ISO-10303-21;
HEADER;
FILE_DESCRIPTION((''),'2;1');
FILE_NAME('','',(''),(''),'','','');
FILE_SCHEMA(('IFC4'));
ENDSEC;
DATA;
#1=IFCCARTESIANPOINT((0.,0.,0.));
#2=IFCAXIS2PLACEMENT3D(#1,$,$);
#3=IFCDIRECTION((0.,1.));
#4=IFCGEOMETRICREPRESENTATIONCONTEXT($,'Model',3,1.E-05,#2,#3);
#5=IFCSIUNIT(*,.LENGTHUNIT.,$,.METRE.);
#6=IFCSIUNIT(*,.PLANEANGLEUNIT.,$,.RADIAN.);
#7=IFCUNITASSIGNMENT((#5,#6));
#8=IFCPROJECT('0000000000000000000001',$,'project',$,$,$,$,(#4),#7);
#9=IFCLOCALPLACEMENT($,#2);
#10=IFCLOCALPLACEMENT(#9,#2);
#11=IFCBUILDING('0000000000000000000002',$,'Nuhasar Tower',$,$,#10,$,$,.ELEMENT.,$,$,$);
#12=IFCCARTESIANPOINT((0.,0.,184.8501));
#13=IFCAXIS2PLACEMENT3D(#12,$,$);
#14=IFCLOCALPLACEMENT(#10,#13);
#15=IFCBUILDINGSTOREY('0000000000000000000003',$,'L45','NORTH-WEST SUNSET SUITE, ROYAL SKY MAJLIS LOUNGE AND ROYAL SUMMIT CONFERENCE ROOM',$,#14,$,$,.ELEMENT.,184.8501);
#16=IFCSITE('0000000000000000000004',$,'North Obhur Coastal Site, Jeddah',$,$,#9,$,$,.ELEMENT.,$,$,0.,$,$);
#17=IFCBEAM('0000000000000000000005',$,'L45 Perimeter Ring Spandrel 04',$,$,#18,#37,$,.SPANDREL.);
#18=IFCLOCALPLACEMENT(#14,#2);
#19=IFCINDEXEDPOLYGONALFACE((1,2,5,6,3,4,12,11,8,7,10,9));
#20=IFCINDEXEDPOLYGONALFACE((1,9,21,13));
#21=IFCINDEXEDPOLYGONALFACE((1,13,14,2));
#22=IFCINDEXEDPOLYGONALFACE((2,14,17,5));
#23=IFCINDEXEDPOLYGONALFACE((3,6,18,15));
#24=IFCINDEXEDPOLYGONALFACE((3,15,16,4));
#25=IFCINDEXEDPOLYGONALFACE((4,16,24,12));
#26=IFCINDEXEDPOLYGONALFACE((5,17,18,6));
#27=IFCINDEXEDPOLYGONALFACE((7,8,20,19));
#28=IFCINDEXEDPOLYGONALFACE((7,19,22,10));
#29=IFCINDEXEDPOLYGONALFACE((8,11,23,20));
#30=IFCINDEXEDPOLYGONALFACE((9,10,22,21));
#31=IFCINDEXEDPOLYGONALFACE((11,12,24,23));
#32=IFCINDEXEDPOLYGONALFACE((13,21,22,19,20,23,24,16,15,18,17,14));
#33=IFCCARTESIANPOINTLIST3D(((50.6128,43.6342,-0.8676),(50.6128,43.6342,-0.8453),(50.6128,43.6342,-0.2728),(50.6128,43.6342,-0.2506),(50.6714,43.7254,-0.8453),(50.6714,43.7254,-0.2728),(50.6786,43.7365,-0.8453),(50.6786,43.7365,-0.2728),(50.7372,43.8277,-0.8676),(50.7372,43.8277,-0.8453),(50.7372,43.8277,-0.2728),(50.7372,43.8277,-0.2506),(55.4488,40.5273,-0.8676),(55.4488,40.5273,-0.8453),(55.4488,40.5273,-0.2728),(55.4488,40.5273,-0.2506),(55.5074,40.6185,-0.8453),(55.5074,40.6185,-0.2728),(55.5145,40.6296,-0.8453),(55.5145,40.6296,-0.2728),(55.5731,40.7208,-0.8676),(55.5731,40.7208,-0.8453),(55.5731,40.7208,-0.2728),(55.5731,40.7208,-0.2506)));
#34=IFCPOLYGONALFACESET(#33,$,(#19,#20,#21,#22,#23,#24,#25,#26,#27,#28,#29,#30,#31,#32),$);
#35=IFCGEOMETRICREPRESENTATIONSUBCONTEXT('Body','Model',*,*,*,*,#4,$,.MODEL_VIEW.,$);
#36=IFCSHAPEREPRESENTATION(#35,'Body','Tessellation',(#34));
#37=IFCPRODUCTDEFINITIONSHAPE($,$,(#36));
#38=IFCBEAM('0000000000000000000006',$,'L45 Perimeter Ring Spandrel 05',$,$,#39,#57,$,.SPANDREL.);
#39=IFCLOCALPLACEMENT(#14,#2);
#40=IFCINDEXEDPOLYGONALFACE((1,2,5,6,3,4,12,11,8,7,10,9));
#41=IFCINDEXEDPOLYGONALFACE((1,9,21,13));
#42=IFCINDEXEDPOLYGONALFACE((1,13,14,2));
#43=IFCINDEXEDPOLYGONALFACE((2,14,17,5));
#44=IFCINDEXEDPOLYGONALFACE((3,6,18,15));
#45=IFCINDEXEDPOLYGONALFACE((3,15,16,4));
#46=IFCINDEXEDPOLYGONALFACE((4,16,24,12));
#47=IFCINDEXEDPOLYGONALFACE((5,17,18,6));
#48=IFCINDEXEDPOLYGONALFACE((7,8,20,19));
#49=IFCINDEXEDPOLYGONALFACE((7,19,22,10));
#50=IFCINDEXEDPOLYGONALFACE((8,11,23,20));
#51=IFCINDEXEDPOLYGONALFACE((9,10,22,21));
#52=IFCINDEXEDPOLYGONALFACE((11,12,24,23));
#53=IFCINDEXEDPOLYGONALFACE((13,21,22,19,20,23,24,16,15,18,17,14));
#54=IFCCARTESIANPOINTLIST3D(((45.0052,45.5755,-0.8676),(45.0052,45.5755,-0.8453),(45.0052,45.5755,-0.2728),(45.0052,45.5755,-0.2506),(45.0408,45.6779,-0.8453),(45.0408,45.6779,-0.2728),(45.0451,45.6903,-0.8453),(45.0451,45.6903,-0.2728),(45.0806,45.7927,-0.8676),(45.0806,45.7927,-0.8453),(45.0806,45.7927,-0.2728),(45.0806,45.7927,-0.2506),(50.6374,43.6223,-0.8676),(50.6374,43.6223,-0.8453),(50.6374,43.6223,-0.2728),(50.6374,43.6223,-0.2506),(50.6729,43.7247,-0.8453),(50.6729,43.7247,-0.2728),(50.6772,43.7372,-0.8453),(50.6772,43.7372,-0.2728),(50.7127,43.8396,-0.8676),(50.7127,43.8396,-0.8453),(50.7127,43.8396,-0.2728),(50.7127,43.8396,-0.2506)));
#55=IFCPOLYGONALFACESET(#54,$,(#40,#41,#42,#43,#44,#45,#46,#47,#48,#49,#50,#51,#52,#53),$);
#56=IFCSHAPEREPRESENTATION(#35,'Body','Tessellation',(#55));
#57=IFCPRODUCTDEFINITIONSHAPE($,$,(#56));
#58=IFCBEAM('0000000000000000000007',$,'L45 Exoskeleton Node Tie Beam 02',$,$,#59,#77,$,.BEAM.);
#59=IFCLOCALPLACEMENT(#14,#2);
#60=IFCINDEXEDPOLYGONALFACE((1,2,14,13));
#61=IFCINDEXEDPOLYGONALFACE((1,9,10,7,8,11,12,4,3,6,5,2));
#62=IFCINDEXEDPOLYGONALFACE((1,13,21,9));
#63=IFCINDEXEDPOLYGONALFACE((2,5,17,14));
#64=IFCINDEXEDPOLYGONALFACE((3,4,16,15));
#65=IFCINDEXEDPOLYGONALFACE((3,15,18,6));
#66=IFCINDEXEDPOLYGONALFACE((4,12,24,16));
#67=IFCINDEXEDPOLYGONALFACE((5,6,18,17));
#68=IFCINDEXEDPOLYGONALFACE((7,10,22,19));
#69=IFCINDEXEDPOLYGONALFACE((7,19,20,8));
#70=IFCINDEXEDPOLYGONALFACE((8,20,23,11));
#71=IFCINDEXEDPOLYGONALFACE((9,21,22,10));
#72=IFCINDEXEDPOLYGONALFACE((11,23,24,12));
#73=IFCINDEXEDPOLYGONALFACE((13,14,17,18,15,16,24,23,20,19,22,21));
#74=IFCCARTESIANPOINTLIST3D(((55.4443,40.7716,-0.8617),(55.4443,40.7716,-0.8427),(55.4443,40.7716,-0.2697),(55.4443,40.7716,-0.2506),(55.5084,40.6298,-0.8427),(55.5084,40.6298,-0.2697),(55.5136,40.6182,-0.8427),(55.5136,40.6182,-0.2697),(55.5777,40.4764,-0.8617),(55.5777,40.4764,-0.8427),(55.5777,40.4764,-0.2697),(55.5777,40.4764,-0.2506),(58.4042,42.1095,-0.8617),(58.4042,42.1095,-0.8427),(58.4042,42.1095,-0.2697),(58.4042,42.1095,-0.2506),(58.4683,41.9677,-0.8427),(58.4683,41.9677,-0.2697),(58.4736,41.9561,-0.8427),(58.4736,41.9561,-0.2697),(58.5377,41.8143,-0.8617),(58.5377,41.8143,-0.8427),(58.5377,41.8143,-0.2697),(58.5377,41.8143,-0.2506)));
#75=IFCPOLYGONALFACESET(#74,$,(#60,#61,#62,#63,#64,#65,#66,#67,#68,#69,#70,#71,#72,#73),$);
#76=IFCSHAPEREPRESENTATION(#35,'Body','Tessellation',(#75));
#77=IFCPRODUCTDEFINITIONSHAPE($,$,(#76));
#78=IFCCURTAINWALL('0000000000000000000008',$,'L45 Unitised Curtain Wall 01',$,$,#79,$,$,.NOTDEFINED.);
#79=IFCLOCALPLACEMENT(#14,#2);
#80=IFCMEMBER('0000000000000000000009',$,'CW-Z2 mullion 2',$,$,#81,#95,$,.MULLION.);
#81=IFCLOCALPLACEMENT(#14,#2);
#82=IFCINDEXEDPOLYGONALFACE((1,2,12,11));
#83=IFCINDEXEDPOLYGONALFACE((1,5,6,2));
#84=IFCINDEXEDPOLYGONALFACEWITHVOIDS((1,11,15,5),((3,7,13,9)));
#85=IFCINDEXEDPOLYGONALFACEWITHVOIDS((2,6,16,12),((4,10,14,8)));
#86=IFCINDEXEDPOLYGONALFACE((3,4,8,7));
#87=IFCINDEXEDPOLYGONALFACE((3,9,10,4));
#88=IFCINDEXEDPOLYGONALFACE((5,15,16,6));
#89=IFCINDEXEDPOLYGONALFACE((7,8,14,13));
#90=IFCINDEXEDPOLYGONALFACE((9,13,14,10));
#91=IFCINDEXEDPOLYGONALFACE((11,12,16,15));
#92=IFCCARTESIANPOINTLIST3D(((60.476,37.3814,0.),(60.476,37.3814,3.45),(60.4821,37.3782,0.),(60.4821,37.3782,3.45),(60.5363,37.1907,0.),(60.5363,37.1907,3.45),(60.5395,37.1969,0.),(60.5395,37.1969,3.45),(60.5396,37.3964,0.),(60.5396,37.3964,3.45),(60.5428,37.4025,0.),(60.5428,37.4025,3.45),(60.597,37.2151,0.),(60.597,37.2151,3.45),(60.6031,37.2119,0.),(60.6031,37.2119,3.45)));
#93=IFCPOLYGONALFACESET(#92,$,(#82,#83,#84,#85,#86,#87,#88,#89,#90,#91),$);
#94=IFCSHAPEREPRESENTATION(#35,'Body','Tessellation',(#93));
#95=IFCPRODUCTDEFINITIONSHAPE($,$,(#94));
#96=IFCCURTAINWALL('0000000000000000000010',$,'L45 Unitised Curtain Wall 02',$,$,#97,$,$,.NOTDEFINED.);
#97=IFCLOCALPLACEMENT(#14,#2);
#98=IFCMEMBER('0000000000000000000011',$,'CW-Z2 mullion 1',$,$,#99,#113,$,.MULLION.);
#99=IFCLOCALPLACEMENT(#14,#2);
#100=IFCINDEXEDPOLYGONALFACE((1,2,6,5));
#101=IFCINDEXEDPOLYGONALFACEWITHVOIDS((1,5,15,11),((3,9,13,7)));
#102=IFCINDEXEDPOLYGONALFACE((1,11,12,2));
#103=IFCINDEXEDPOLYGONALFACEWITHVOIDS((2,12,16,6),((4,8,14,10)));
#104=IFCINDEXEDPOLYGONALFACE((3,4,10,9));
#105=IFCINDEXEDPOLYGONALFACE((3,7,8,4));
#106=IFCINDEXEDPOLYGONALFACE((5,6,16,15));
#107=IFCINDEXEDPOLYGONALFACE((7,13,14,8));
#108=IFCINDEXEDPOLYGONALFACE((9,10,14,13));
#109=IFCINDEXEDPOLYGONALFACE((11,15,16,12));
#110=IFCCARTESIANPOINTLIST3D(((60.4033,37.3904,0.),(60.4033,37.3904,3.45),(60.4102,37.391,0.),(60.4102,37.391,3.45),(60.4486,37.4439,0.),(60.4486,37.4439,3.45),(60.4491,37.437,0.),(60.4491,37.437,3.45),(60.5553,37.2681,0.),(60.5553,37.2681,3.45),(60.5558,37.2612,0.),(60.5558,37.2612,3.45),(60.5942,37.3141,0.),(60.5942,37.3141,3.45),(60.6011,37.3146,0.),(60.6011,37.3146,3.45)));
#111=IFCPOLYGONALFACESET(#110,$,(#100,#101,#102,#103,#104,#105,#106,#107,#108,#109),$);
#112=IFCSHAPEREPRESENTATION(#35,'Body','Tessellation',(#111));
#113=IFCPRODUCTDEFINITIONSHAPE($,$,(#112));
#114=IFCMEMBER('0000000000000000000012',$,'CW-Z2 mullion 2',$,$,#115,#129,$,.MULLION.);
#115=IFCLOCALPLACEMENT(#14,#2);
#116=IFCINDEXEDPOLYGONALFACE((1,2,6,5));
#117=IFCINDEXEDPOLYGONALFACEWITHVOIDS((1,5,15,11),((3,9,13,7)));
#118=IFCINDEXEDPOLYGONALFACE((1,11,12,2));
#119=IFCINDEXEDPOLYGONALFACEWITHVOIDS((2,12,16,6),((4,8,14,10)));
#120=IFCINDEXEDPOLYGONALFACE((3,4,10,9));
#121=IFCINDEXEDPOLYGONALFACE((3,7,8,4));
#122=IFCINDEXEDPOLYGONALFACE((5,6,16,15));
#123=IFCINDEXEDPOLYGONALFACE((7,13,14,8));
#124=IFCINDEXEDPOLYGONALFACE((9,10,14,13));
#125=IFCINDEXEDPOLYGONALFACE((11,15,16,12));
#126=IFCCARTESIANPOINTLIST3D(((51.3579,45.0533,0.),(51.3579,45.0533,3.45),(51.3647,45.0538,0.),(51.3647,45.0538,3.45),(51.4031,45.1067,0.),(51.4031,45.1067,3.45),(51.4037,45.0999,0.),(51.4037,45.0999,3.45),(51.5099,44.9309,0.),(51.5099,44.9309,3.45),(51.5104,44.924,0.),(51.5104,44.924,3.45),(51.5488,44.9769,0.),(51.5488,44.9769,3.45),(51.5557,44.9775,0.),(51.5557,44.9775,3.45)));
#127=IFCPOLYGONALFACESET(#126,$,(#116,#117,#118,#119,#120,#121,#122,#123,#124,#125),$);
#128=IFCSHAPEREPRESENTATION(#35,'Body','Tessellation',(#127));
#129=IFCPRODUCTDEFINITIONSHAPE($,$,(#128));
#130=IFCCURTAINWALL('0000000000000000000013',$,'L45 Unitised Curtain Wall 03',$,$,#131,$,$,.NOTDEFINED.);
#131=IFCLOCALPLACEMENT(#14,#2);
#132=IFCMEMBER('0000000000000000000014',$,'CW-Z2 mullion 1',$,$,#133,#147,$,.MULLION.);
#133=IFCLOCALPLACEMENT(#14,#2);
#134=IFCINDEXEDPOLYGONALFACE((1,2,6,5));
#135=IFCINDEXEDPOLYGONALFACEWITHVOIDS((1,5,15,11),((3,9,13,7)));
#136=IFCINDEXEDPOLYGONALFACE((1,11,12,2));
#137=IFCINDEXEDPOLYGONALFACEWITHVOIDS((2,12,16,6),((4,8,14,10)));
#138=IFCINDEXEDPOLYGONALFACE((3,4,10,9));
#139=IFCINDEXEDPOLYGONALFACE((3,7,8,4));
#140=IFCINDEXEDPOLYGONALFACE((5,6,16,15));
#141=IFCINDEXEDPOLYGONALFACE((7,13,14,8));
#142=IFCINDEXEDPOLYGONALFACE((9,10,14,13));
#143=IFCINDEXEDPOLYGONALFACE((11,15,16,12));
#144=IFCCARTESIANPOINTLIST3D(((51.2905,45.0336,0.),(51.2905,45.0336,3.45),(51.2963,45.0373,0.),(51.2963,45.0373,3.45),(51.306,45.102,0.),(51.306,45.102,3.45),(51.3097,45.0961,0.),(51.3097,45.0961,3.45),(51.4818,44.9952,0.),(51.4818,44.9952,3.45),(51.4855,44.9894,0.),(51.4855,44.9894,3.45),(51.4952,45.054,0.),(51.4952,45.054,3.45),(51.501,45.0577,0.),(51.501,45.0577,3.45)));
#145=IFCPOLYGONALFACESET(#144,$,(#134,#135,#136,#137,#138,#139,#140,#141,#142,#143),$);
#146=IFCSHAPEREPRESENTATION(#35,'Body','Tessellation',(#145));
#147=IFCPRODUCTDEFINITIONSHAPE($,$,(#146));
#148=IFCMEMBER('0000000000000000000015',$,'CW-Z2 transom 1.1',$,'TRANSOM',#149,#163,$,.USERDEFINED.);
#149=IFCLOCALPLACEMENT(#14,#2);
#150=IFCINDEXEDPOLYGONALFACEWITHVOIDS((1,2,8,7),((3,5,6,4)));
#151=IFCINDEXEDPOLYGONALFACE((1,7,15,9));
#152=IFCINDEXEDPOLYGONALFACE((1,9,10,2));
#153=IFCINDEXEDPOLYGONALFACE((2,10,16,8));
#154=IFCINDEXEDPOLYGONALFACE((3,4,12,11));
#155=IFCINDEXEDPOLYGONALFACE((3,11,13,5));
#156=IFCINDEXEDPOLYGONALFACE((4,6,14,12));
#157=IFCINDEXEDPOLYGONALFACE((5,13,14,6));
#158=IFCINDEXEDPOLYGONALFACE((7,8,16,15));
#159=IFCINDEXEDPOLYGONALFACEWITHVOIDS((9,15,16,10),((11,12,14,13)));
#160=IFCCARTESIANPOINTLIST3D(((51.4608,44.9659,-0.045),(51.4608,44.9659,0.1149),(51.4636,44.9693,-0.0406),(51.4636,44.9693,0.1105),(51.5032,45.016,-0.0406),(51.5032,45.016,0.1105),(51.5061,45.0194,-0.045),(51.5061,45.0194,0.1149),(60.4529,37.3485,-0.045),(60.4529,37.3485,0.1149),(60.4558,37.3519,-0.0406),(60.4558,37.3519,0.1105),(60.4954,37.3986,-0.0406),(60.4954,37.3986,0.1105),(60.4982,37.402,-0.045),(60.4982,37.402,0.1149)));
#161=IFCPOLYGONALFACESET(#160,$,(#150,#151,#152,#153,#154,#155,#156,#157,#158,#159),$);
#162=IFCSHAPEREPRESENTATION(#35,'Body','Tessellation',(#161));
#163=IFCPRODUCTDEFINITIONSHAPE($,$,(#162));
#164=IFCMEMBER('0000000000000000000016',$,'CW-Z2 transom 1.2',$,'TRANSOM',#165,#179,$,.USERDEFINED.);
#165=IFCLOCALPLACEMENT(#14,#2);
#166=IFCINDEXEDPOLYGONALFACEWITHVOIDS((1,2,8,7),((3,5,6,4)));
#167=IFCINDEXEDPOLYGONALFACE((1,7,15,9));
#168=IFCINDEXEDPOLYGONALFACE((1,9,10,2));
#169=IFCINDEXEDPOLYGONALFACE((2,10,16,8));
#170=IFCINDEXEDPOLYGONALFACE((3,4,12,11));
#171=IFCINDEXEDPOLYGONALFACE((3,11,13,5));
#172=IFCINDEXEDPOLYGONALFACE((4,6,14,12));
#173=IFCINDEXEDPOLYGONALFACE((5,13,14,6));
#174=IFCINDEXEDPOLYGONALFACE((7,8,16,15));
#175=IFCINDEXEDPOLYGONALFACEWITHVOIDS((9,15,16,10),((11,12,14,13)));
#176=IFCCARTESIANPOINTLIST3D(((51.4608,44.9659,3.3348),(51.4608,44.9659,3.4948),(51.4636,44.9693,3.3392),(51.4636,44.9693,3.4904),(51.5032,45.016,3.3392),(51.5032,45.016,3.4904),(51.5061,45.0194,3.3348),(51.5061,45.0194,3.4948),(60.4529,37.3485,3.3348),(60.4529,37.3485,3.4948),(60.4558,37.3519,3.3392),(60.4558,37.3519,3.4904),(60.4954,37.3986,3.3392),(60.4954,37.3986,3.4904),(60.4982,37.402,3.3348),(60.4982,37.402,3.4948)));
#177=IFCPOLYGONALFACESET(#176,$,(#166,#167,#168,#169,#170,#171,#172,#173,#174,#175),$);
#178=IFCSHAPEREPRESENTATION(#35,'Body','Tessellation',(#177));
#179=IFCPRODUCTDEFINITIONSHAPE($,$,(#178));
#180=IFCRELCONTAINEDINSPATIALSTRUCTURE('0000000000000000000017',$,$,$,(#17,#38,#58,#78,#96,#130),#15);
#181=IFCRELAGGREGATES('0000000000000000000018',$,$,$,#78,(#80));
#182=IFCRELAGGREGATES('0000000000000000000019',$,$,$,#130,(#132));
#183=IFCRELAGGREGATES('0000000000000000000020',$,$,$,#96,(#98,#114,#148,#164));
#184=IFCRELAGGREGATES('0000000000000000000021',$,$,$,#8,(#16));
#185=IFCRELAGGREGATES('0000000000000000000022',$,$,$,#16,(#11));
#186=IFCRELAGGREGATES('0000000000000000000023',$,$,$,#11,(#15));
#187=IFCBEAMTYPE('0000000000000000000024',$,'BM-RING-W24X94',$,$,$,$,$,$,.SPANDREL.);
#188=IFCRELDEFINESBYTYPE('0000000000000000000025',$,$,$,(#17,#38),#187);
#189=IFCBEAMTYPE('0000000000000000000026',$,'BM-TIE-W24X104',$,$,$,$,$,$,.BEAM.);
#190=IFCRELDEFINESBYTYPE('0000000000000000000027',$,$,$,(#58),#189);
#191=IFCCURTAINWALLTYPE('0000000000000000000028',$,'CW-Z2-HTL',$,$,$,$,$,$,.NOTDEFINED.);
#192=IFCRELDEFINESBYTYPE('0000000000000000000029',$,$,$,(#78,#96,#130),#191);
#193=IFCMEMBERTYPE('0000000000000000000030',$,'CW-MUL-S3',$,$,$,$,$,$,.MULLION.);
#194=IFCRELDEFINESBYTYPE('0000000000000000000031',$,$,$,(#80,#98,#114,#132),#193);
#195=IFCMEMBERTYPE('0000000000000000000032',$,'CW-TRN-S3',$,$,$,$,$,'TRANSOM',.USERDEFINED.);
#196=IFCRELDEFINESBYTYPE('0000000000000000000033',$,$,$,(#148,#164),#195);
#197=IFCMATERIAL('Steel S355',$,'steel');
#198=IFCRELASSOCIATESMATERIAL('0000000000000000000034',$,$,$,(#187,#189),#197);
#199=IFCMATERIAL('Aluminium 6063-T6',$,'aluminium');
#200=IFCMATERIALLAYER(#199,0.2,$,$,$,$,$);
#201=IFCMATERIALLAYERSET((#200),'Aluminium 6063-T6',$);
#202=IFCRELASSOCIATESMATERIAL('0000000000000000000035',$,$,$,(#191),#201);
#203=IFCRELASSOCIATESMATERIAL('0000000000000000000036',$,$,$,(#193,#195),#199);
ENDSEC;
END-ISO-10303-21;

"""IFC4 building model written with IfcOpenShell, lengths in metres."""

from ifc_helpers import new_model, si_unit, direction, frame, origin, origin_2d, place, context, subcontext, project, spatial, hollow_rectangle, i_section, extrude, material, layer, layer_set, material_profile, profile_set, type_object, element, aggregate, save


model = new_model("IFC4")

# Units and contexts
model_context = context("Model", 3, precision=1e-05, world=origin(), true_north=direction((0.0, 1.0)))
body_context = subcontext(model_context, "Body", "Model", "MODEL_VIEW")
ifc_project = project(units=[si_unit("LENGTHUNIT", "METRE"), si_unit("PLANEANGLEUNIT", "RADIAN")], contexts=[model_context])

# Site, building, storey
site_placement = place(None, origin())
site = spatial("IfcSite", under=ifc_project, at=site_placement, Name="North Obhur Coastal Site, Jeddah", CompositionType="ELEMENT", RefElevation=0.0)
building_placement = place(site_placement, origin())
building = spatial("IfcBuilding", under=site, at=building_placement, Name="Nuhasar Tower", CompositionType="ELEMENT")
storey_placement = place(building_placement, frame((0.0, 0.0, 184.8501)))
storey = spatial("IfcBuildingStorey", under=building, at=storey_placement, Name="L45", Description="NORTH-WEST SUNSET SUITE, ROYAL SKY MAJLIS LOUNGE AND ROYAL SUMMIT CONFERENCE ROOM", CompositionType="ELEMENT", Elevation=184.8501)

# Beams
ifc_material_1 = material(Name="Steel S355", Category="steel")
ifc_material_profile_1 = material_profile(ifc_material_1, i_section(OverallWidth=0.23, OverallDepth=0.6169, WebThickness=0.0132, FlangeThickness=0.0222, at=origin_2d()), Name="W24X94")
ifc_profile_set_1 = profile_set([ifc_material_profile_1], Name="Steel S355")
beam_type_1 = type_object("IfcBeamType", Name="BM-RING-W24X94", PredefinedType="SPANDREL", material=ifc_profile_set_1)
beam_1_placement = place(storey_placement, frame((55.511, 40.624, -0.5591), z_axis=(-0.841327, 0.540526, 0.0), x_axis=(-0.540526, -0.841327, 0.0)))
element("IfcBeam", 1, at=beam_1_placement, inside=storey, type_object=beam_type_1, Name="L45 Perimeter Ring Spandrel 04", PredefinedType="SPANDREL", context=body_context, shape_type="SweptSolid", body=[
    extrude(i_section(OverallWidth=0.23, OverallDepth=0.6169, WebThickness=0.0132, FlangeThickness=0.0222, at=origin_2d()), origin(), (0.0, 0.0, 1.0), 5.748),
])
beam_2_placement = place(storey_placement, frame((50.675, 43.731, -0.5591), z_axis=(-0.944801, 0.327644, 0.0), x_axis=(-0.327644, -0.944801, 0.0)))
element("IfcBeam", 2, at=beam_2_placement, inside=storey, type_object=beam_type_1, Name="L45 Perimeter Ring Spandrel 05", PredefinedType="SPANDREL", context=body_context, shape_type="SweptSolid", body=[
    extrude(i_section(OverallWidth=0.23, OverallDepth=0.6169, WebThickness=0.0132, FlangeThickness=0.0222, at=origin_2d()), origin(), (0.0, 0.0, 1.0), 5.9612),
])
ifc_material_profile_2 = material_profile(ifc_material_1, i_section(OverallWidth=0.324, OverallDepth=0.6111, WebThickness=0.0127, FlangeThickness=0.019, at=origin_2d()), Name="W24X104")
ifc_profile_set_2 = profile_set([ifc_material_profile_2], Name="Steel S355")
beam_type_2 = type_object("IfcBeamType", Name="BM-TIE-W24X104", PredefinedType="BEAM", material=ifc_profile_set_2)
beam_3_placement = place(storey_placement, frame((55.511, 40.624, -0.5562), z_axis=(0.91124, 0.411877, 0.0), x_axis=(-0.411877, 0.91124, 0.0)))
element("IfcBeam", 3, at=beam_3_placement, inside=storey, type_object=beam_type_2, Name="L45 Exoskeleton Node Tie Beam 02", PredefinedType="BEAM", context=body_context, shape_type="SweptSolid", body=[
    extrude(i_section(OverallWidth=0.324, OverallDepth=0.6111, WebThickness=0.0127, FlangeThickness=0.019, at=origin_2d()), origin(), (0.0, 0.0, 1.0), 3.2483),
])

# Curtain wall, member
ifc_material_2 = material(Name="Aluminium 6063-T6", Category="aluminium")
ifc_layer_1 = layer(ifc_material_2, 0.2)
ifc_layer_set_1 = layer_set([ifc_layer_1], Name="Aluminium 6063-T6")
curtain_wall_type = type_object("IfcCurtainWallType", Name="CW-Z2-HTL", PredefinedType="NOTDEFINED", material=ifc_layer_set_1)
curtain_wall_1_placement = place(storey_placement, origin())
curtain_wall_1 = element("IfcCurtainWall", 4, at=curtain_wall_1_placement, inside=storey, type_object=curtain_wall_type, Name="L45 Unitised Curtain Wall 01", PredefinedType="NOTDEFINED")
ifc_material_profile_3 = material_profile(ifc_material_2, hollow_rectangle(XDim=0.0701, YDim=0.2, WallThickness=0.0049, at=origin_2d()), Name="CWM-3")
ifc_profile_set_3 = profile_set([ifc_material_profile_3], Name="Aluminium 6063-T6")
member_type_1 = type_object("IfcMemberType", Name="CW-MUL-S3", PredefinedType="MULLION", material=ifc_profile_set_3)
member_1_placement = place(storey_placement, frame((60.5396, 37.2966, 0.0), z_axis=(0.0, 0.0, 1.0), x_axis=(-0.953433, -0.301604, 0.0)))
member_1 = element("IfcMember", 5, at=member_1_placement, type_object=member_type_1, Name="CW-Z2 mullion 2", PredefinedType="MULLION", context=body_context, shape_type="SweptSolid", body=[
    extrude(hollow_rectangle(XDim=0.0701, YDim=0.2, WallThickness=0.0049, at=origin_2d()), origin(), (0.0, 0.0, 1.0), 3.45),
])
aggregate(curtain_wall_1, [member_1])

# Curtain wall, members
curtain_wall_2_placement = place(storey_placement, origin())
curtain_wall_2 = element("IfcCurtainWall", 6, at=curtain_wall_2_placement, inside=storey, type_object=curtain_wall_type, Name="L45 Unitised Curtain Wall 02", PredefinedType="NOTDEFINED")
member_2_placement = place(storey_placement, frame((60.5022, 37.3525, 0.0), z_axis=(0.0, 0.0, 1.0), x_axis=(-0.646374, -0.76302, 0.0)))
member_2 = element("IfcMember", 7, at=member_2_placement, type_object=member_type_1, Name="CW-Z2 mullion 1", PredefinedType="MULLION", context=body_context, shape_type="SweptSolid", body=[
    extrude(hollow_rectangle(XDim=0.0701, YDim=0.2, WallThickness=0.0049, at=origin_2d()), origin(), (0.0, 0.0, 1.0), 3.45),
])
member_3_placement = place(storey_placement, frame((51.4568, 45.0154, 0.0), z_axis=(0.0, 0.0, 1.0), x_axis=(-0.646374, -0.76302, 0.0)))
member_3 = element("IfcMember", 8, at=member_3_placement, type_object=member_type_1, Name="CW-Z2 mullion 2", PredefinedType="MULLION", context=body_context, shape_type="SweptSolid", body=[
    extrude(hollow_rectangle(XDim=0.0701, YDim=0.2, WallThickness=0.0049, at=origin_2d()), origin(), (0.0, 0.0, 1.0), 3.45),
])

# Curtain wall, member
curtain_wall_3_placement = place(storey_placement, origin())
curtain_wall_3 = element("IfcCurtainWall", 9, at=curtain_wall_3_placement, inside=storey, type_object=curtain_wall_type, Name="L45 Unitised Curtain Wall 03", PredefinedType="NOTDEFINED")
member_4_placement = place(storey_placement, frame((51.3958, 45.0457, 0.0), z_axis=(0.0, 0.0, 1.0), x_axis=(-0.221397, -0.975184, 0.0)))
member_4 = element("IfcMember", 10, at=member_4_placement, type_object=member_type_1, Name="CW-Z2 mullion 1", PredefinedType="MULLION", context=body_context, shape_type="SweptSolid", body=[
    extrude(hollow_rectangle(XDim=0.0701, YDim=0.2, WallThickness=0.0049, at=origin_2d()), origin(), (0.0, 0.0, 1.0), 3.45),
])

# Members
ifc_material_profile_4 = material_profile(ifc_material_2, hollow_rectangle(XDim=0.0701, YDim=0.1599, WallThickness=0.0044, at=origin_2d()), Name="CWT-3")
ifc_profile_set_4 = profile_set([ifc_material_profile_4], Name="Aluminium 6063-T6")
member_type_2 = type_object("IfcMemberType", Name="CW-TRN-S3", ElementType="TRANSOM", PredefinedType="USERDEFINED", material=ifc_profile_set_4)
member_5_placement = place(storey_placement, frame((60.4756, 37.3752, 0.0349), z_axis=(-0.763024, 0.64637, 0.0), x_axis=(-0.64637, -0.763024, 0.0)))
member_5 = element("IfcMember", 11, at=member_5_placement, type_object=member_type_2, Name="CW-Z2 transom 1.1", ObjectType="TRANSOM", PredefinedType="USERDEFINED", context=body_context, shape_type="SweptSolid", body=[
    extrude(hollow_rectangle(XDim=0.0701, YDim=0.1599, WallThickness=0.0044, at=origin_2d()), origin(), (0.0, 0.0, 1.0), 11.7849),
])
member_6_placement = place(storey_placement, frame((60.4756, 37.3752, 3.4148), z_axis=(-0.763024, 0.64637, 0.0), x_axis=(-0.64637, -0.763024, 0.0)))
member_6 = element("IfcMember", 12, at=member_6_placement, type_object=member_type_2, Name="CW-Z2 transom 1.2", ObjectType="TRANSOM", PredefinedType="USERDEFINED", context=body_context, shape_type="SweptSolid", body=[
    extrude(hollow_rectangle(XDim=0.0701, YDim=0.1599, WallThickness=0.0044, at=origin_2d()), origin(), (0.0, 0.0, 1.0), 11.7849),
])
aggregate(curtain_wall_3, [member_4])

aggregate(curtain_wall_2, [member_2, member_3, member_5, member_6])

save(model, "model.ifc")
